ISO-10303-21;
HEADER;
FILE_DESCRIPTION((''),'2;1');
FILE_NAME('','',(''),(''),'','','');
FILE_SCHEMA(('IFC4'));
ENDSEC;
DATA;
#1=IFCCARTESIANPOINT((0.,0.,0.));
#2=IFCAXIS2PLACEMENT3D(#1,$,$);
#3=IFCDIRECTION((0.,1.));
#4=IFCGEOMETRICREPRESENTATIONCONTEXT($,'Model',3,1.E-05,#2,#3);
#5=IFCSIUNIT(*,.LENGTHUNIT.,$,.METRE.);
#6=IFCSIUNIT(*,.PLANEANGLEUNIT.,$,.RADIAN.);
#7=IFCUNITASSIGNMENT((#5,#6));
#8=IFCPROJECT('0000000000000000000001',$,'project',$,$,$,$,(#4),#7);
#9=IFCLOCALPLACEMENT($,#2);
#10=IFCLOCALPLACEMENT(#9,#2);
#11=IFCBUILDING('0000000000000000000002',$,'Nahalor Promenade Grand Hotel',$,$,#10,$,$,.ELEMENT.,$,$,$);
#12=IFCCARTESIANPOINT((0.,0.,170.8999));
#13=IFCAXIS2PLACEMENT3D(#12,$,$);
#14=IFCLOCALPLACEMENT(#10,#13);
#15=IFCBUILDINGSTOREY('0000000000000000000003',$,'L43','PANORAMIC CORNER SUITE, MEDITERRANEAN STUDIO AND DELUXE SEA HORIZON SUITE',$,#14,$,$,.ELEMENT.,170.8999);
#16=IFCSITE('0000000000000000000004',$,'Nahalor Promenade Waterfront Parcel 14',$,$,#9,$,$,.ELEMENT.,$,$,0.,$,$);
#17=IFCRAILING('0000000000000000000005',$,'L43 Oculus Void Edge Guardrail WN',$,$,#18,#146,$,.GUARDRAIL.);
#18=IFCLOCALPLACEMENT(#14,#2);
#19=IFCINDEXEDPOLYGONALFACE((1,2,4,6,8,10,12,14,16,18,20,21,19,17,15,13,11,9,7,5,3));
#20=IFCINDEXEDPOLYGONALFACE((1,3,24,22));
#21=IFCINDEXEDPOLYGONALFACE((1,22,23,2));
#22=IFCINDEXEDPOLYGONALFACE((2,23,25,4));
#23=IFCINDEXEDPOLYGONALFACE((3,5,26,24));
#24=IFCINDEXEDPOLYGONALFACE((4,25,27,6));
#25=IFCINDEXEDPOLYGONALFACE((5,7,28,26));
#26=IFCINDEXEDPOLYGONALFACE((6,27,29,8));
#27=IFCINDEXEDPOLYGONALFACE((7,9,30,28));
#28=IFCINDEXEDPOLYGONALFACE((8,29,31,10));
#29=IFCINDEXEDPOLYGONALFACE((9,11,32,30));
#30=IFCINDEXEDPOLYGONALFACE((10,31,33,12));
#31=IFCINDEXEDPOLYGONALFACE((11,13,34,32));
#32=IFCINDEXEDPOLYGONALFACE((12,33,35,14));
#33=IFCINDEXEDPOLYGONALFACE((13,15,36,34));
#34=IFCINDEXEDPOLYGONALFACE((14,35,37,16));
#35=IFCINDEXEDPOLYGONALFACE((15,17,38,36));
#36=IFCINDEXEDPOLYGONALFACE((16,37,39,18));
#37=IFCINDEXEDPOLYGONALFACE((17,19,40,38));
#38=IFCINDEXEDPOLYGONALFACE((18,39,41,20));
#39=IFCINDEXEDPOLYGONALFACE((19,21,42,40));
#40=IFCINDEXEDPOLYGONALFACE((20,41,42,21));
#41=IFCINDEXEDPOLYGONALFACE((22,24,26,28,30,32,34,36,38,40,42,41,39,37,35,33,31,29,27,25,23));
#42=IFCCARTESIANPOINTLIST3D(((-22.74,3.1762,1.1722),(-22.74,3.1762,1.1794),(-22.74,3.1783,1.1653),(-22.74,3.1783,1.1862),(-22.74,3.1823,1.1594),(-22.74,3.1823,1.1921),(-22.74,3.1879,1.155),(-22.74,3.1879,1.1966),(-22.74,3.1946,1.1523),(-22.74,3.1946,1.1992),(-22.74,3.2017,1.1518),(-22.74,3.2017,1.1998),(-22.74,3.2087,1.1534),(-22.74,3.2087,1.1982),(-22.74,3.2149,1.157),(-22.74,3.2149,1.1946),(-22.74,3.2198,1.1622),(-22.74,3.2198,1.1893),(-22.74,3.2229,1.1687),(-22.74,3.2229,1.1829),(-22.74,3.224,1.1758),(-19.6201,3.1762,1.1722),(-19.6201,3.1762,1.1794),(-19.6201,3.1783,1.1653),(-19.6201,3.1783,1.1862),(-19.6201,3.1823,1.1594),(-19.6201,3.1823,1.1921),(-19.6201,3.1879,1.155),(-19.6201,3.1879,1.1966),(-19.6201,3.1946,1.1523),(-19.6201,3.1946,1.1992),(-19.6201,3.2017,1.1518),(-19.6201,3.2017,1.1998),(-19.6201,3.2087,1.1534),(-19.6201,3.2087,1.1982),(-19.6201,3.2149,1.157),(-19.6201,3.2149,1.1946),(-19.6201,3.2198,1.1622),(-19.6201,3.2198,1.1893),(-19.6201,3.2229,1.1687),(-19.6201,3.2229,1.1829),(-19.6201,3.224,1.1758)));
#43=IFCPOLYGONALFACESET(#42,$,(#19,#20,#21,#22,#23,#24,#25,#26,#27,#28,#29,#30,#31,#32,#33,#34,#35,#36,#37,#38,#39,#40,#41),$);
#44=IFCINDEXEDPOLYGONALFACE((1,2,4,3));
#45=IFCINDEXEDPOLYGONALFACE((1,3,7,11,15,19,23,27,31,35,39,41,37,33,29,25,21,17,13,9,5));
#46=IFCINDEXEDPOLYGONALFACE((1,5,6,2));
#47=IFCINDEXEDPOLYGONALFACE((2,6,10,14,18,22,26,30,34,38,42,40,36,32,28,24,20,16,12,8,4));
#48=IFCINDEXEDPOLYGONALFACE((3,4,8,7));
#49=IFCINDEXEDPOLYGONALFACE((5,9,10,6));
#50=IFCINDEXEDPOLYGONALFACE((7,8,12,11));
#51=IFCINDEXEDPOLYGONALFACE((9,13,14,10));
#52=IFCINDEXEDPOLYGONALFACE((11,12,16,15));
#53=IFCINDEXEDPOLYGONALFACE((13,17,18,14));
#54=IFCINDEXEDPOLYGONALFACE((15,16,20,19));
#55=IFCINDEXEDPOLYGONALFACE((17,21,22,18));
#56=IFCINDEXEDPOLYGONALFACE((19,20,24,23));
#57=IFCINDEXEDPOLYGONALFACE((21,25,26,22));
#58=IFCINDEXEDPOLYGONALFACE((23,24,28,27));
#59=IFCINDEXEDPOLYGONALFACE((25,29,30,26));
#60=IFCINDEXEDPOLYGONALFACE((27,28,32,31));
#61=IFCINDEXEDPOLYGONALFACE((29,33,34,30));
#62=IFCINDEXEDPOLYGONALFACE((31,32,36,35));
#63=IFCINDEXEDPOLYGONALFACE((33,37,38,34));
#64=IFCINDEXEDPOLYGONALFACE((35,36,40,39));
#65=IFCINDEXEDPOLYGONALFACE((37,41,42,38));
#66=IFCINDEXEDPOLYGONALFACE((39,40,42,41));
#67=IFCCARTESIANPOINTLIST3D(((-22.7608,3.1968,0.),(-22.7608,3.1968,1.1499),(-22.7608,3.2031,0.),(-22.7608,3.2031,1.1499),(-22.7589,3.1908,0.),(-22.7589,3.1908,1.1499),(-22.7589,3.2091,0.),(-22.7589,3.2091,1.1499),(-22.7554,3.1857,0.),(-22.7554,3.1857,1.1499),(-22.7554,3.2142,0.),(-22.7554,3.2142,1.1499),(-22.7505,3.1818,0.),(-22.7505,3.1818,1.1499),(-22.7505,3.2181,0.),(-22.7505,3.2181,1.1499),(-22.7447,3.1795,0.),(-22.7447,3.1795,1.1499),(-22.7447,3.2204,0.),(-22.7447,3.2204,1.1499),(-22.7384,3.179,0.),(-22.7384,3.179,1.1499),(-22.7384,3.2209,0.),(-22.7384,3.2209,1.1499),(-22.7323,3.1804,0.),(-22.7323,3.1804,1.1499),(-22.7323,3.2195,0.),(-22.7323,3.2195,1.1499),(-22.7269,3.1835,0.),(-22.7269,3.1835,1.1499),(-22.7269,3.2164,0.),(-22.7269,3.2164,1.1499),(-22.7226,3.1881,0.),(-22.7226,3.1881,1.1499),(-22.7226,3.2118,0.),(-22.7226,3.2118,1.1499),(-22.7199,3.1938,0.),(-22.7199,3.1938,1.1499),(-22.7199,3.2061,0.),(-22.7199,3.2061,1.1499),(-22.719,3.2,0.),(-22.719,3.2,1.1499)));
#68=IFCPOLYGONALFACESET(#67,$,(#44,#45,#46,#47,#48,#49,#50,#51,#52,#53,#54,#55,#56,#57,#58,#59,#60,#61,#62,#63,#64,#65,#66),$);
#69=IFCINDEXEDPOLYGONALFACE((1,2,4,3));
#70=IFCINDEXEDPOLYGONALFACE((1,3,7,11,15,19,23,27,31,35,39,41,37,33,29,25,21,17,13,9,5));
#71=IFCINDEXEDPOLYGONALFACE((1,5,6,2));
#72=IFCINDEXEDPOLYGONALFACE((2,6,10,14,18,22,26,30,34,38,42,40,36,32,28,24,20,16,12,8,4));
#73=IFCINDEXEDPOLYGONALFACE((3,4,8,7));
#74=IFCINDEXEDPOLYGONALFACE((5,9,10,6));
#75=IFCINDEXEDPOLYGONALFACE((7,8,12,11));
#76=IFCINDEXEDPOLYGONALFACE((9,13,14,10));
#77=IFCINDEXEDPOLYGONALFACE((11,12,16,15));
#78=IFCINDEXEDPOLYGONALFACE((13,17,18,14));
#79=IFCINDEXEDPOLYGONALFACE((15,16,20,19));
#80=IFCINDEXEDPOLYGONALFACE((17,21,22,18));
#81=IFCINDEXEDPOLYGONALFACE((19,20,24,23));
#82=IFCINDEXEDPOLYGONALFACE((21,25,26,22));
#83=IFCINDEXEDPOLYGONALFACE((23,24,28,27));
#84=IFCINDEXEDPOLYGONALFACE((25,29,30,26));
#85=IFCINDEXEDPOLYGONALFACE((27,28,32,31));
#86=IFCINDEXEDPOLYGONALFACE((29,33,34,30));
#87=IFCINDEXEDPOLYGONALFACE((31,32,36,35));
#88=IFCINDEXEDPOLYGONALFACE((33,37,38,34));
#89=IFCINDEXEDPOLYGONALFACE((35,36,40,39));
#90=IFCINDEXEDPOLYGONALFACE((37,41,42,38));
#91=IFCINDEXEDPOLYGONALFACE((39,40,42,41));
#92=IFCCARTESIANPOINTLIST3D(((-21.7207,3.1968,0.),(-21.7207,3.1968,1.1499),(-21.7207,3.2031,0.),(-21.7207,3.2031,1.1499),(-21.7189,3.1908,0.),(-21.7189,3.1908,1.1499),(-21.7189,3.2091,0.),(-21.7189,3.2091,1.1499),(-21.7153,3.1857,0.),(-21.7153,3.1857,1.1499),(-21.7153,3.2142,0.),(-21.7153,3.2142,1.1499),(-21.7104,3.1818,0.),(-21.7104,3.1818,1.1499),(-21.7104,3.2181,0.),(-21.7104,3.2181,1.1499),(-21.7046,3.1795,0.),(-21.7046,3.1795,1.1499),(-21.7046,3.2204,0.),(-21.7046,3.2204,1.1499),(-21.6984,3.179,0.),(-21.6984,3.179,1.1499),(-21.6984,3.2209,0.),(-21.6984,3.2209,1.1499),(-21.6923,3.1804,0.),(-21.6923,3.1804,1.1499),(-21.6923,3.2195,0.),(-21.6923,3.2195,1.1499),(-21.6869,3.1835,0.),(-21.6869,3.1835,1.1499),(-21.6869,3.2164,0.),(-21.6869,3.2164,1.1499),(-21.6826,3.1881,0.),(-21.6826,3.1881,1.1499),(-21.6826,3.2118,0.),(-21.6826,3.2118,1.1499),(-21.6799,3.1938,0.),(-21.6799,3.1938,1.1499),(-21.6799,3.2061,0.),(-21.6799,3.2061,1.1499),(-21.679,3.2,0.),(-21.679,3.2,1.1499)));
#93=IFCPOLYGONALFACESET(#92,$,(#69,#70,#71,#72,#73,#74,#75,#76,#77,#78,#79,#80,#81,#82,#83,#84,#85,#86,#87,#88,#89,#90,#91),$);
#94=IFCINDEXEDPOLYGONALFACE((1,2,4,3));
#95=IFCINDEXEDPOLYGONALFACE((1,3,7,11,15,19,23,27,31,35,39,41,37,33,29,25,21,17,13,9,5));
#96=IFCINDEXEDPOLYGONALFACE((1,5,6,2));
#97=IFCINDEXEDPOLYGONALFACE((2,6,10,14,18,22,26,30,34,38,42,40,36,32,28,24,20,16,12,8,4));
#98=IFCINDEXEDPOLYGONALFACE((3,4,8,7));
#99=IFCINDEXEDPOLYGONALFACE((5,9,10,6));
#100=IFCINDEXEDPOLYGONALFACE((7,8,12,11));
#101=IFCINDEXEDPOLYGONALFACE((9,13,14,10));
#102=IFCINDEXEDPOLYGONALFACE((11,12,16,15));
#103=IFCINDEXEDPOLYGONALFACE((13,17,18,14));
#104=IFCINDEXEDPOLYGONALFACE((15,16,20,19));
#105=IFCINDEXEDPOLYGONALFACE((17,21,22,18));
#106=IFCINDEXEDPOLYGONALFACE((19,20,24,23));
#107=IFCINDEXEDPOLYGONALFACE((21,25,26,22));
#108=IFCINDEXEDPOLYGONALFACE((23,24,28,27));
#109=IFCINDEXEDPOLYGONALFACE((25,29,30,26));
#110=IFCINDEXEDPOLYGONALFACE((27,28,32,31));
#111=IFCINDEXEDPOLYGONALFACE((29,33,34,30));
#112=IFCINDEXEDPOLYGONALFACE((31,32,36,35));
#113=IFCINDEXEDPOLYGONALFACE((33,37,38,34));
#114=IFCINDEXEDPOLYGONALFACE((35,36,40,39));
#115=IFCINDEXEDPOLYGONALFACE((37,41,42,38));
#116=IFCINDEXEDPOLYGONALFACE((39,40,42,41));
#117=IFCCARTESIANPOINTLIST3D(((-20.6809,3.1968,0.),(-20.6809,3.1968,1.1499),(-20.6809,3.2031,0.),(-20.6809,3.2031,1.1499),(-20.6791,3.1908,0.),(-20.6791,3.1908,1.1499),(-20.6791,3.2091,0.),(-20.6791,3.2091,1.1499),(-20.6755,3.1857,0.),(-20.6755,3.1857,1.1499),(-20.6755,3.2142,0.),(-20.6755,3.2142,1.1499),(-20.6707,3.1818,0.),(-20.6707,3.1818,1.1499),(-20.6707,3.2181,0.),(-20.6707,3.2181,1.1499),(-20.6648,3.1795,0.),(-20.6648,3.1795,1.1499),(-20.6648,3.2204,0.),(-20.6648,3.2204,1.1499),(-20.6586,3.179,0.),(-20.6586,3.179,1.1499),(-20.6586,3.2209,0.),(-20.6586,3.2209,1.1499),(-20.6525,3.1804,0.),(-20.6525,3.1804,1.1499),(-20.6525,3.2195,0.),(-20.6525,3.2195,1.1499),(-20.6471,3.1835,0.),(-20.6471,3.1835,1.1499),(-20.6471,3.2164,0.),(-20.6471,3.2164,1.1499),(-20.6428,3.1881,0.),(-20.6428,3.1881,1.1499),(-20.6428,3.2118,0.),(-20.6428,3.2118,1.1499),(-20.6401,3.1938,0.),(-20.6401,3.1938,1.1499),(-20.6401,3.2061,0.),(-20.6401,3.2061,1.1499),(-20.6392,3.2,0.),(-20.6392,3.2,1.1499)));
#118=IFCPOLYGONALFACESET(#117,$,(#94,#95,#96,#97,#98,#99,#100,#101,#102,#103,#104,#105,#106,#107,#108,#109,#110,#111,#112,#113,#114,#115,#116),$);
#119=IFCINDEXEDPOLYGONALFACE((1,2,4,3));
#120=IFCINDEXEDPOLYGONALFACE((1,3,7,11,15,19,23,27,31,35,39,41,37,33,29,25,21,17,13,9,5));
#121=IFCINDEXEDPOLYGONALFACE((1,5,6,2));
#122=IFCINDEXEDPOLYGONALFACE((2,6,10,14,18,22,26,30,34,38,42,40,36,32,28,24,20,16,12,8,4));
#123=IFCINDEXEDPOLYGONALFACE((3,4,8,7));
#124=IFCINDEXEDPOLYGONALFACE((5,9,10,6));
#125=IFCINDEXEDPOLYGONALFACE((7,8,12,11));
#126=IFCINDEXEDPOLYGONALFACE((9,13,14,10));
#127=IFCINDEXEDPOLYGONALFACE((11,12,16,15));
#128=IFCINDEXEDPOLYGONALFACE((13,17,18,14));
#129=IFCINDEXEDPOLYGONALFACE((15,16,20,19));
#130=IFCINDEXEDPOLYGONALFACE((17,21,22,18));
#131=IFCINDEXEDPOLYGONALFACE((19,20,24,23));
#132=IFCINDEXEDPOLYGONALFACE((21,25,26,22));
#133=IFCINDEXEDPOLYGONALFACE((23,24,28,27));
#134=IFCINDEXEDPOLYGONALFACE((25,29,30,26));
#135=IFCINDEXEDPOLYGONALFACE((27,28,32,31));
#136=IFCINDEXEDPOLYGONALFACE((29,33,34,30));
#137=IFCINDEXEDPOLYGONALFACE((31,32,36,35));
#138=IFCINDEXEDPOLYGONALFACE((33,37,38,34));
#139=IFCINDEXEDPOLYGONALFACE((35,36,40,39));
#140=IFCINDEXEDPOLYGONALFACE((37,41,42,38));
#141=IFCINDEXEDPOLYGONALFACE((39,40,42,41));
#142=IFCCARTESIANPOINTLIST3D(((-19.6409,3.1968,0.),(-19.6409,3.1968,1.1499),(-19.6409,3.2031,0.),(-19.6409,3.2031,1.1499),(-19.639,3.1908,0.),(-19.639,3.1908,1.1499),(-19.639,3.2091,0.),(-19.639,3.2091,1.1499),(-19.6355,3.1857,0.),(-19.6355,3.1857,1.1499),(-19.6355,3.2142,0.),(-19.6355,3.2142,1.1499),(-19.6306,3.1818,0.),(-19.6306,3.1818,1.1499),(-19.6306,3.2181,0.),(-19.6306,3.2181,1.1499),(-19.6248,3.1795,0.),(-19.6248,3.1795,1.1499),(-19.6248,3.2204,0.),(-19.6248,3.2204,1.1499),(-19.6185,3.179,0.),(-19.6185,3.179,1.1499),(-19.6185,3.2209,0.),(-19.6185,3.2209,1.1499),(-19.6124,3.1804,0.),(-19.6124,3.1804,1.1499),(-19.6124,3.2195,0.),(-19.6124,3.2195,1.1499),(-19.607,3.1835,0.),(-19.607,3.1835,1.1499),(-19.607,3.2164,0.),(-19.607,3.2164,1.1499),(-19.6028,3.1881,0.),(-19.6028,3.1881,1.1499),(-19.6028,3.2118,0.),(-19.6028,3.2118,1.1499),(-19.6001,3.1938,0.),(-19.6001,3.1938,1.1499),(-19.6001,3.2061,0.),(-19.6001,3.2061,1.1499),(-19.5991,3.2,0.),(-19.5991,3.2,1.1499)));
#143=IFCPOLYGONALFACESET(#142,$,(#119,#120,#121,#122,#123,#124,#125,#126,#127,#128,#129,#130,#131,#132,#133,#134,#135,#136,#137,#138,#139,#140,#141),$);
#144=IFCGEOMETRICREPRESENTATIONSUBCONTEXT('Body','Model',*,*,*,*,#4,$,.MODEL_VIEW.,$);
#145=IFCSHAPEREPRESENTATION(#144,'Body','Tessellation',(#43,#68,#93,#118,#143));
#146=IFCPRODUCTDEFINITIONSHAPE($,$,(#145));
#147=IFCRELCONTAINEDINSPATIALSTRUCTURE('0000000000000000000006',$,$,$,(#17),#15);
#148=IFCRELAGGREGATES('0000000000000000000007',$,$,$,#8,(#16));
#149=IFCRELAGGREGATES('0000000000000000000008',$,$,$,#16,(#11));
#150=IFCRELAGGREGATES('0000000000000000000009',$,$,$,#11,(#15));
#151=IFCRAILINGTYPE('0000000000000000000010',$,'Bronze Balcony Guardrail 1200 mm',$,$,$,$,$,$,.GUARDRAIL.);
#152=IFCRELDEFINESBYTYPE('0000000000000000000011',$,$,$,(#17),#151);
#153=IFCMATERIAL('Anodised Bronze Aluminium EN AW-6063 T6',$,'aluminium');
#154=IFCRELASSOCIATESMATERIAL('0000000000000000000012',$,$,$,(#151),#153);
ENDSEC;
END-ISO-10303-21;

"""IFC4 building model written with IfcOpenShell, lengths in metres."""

from ifc_helpers import new_model, si_unit, direction, frame, origin, origin_2d, place, context, subcontext, project, spatial, circle, extrude, material, type_object, element, save


model = new_model("IFC4")

# Units and contexts
model_context = context("Model", 3, precision=1e-05, world=origin(), true_north=direction((0.0, 1.0)))
body_context = subcontext(model_context, "Body", "Model", "MODEL_VIEW")
ifc_project = project(units=[si_unit("LENGTHUNIT", "METRE"), si_unit("PLANEANGLEUNIT", "RADIAN")], contexts=[model_context])

# Site, building, storey
site_placement = place(None, origin())
site = spatial("IfcSite", under=ifc_project, at=site_placement, Name="Nahalor Promenade Waterfront Parcel 14", CompositionType="ELEMENT", RefElevation=0.0)
building_placement = place(site_placement, origin())
building = spatial("IfcBuilding", under=site, at=building_placement, Name="Nahalor Promenade Grand Hotel", CompositionType="ELEMENT")
storey_placement = place(building_placement, frame((0.0, 0.0, 170.8999)))
storey = spatial("IfcBuildingStorey", under=building, at=storey_placement, Name="L43", Description="PANORAMIC CORNER SUITE, MEDITERRANEAN STUDIO AND DELUXE SEA HORIZON SUITE", CompositionType="ELEMENT", Elevation=170.8999)

# Shared definitions
ifc_material_1 = material(Name="Anodised Bronze Aluminium EN AW-6063 T6", Category="aluminium")

# Railing
railing_type = type_object("IfcRailingType", Name="Bronze Balcony Guardrail 1200 mm", PredefinedType="GUARDRAIL", material=ifc_material_1)
for number, where, name in (
    (1, (-22.74, 3.2, 0.0), "L43 Oculus Void Edge Guardrail WN"),
):
    element("IfcRailing", number, at=place(storey_placement, frame(where)), inside=storey, type_object=railing_type, Name=name, PredefinedType="GUARDRAIL", context=body_context, shape_type="SweptSolid", body=[
        extrude(circle(Radius=0.024, at=origin_2d()), frame((0.0, 0.0, 1.1758), z_axis=(1.0, 0.0, 0.0), x_axis=(0.0, 1.0, 0.0)), (0.0, 0.0, 1.0), 3.1199),
        extrude(circle(Radius=0.021, at=origin_2d()), origin(), (0.0, 0.0, 1.0), 1.1499),
        extrude(circle(Radius=0.021, at=origin_2d()), frame((1.04, 0.0, 0.0)), (0.0, 0.0, 1.0), 1.1499),
        extrude(circle(Radius=0.021, at=origin_2d()), frame((2.0798, 0.0, 0.0)), (0.0, 0.0, 1.0), 1.1499),
        extrude(circle(Radius=0.021, at=origin_2d()), frame((3.1199, 0.0, 0.0)), (0.0, 0.0, 1.0), 1.1499),
    ])

save(model, "model.ifc")
